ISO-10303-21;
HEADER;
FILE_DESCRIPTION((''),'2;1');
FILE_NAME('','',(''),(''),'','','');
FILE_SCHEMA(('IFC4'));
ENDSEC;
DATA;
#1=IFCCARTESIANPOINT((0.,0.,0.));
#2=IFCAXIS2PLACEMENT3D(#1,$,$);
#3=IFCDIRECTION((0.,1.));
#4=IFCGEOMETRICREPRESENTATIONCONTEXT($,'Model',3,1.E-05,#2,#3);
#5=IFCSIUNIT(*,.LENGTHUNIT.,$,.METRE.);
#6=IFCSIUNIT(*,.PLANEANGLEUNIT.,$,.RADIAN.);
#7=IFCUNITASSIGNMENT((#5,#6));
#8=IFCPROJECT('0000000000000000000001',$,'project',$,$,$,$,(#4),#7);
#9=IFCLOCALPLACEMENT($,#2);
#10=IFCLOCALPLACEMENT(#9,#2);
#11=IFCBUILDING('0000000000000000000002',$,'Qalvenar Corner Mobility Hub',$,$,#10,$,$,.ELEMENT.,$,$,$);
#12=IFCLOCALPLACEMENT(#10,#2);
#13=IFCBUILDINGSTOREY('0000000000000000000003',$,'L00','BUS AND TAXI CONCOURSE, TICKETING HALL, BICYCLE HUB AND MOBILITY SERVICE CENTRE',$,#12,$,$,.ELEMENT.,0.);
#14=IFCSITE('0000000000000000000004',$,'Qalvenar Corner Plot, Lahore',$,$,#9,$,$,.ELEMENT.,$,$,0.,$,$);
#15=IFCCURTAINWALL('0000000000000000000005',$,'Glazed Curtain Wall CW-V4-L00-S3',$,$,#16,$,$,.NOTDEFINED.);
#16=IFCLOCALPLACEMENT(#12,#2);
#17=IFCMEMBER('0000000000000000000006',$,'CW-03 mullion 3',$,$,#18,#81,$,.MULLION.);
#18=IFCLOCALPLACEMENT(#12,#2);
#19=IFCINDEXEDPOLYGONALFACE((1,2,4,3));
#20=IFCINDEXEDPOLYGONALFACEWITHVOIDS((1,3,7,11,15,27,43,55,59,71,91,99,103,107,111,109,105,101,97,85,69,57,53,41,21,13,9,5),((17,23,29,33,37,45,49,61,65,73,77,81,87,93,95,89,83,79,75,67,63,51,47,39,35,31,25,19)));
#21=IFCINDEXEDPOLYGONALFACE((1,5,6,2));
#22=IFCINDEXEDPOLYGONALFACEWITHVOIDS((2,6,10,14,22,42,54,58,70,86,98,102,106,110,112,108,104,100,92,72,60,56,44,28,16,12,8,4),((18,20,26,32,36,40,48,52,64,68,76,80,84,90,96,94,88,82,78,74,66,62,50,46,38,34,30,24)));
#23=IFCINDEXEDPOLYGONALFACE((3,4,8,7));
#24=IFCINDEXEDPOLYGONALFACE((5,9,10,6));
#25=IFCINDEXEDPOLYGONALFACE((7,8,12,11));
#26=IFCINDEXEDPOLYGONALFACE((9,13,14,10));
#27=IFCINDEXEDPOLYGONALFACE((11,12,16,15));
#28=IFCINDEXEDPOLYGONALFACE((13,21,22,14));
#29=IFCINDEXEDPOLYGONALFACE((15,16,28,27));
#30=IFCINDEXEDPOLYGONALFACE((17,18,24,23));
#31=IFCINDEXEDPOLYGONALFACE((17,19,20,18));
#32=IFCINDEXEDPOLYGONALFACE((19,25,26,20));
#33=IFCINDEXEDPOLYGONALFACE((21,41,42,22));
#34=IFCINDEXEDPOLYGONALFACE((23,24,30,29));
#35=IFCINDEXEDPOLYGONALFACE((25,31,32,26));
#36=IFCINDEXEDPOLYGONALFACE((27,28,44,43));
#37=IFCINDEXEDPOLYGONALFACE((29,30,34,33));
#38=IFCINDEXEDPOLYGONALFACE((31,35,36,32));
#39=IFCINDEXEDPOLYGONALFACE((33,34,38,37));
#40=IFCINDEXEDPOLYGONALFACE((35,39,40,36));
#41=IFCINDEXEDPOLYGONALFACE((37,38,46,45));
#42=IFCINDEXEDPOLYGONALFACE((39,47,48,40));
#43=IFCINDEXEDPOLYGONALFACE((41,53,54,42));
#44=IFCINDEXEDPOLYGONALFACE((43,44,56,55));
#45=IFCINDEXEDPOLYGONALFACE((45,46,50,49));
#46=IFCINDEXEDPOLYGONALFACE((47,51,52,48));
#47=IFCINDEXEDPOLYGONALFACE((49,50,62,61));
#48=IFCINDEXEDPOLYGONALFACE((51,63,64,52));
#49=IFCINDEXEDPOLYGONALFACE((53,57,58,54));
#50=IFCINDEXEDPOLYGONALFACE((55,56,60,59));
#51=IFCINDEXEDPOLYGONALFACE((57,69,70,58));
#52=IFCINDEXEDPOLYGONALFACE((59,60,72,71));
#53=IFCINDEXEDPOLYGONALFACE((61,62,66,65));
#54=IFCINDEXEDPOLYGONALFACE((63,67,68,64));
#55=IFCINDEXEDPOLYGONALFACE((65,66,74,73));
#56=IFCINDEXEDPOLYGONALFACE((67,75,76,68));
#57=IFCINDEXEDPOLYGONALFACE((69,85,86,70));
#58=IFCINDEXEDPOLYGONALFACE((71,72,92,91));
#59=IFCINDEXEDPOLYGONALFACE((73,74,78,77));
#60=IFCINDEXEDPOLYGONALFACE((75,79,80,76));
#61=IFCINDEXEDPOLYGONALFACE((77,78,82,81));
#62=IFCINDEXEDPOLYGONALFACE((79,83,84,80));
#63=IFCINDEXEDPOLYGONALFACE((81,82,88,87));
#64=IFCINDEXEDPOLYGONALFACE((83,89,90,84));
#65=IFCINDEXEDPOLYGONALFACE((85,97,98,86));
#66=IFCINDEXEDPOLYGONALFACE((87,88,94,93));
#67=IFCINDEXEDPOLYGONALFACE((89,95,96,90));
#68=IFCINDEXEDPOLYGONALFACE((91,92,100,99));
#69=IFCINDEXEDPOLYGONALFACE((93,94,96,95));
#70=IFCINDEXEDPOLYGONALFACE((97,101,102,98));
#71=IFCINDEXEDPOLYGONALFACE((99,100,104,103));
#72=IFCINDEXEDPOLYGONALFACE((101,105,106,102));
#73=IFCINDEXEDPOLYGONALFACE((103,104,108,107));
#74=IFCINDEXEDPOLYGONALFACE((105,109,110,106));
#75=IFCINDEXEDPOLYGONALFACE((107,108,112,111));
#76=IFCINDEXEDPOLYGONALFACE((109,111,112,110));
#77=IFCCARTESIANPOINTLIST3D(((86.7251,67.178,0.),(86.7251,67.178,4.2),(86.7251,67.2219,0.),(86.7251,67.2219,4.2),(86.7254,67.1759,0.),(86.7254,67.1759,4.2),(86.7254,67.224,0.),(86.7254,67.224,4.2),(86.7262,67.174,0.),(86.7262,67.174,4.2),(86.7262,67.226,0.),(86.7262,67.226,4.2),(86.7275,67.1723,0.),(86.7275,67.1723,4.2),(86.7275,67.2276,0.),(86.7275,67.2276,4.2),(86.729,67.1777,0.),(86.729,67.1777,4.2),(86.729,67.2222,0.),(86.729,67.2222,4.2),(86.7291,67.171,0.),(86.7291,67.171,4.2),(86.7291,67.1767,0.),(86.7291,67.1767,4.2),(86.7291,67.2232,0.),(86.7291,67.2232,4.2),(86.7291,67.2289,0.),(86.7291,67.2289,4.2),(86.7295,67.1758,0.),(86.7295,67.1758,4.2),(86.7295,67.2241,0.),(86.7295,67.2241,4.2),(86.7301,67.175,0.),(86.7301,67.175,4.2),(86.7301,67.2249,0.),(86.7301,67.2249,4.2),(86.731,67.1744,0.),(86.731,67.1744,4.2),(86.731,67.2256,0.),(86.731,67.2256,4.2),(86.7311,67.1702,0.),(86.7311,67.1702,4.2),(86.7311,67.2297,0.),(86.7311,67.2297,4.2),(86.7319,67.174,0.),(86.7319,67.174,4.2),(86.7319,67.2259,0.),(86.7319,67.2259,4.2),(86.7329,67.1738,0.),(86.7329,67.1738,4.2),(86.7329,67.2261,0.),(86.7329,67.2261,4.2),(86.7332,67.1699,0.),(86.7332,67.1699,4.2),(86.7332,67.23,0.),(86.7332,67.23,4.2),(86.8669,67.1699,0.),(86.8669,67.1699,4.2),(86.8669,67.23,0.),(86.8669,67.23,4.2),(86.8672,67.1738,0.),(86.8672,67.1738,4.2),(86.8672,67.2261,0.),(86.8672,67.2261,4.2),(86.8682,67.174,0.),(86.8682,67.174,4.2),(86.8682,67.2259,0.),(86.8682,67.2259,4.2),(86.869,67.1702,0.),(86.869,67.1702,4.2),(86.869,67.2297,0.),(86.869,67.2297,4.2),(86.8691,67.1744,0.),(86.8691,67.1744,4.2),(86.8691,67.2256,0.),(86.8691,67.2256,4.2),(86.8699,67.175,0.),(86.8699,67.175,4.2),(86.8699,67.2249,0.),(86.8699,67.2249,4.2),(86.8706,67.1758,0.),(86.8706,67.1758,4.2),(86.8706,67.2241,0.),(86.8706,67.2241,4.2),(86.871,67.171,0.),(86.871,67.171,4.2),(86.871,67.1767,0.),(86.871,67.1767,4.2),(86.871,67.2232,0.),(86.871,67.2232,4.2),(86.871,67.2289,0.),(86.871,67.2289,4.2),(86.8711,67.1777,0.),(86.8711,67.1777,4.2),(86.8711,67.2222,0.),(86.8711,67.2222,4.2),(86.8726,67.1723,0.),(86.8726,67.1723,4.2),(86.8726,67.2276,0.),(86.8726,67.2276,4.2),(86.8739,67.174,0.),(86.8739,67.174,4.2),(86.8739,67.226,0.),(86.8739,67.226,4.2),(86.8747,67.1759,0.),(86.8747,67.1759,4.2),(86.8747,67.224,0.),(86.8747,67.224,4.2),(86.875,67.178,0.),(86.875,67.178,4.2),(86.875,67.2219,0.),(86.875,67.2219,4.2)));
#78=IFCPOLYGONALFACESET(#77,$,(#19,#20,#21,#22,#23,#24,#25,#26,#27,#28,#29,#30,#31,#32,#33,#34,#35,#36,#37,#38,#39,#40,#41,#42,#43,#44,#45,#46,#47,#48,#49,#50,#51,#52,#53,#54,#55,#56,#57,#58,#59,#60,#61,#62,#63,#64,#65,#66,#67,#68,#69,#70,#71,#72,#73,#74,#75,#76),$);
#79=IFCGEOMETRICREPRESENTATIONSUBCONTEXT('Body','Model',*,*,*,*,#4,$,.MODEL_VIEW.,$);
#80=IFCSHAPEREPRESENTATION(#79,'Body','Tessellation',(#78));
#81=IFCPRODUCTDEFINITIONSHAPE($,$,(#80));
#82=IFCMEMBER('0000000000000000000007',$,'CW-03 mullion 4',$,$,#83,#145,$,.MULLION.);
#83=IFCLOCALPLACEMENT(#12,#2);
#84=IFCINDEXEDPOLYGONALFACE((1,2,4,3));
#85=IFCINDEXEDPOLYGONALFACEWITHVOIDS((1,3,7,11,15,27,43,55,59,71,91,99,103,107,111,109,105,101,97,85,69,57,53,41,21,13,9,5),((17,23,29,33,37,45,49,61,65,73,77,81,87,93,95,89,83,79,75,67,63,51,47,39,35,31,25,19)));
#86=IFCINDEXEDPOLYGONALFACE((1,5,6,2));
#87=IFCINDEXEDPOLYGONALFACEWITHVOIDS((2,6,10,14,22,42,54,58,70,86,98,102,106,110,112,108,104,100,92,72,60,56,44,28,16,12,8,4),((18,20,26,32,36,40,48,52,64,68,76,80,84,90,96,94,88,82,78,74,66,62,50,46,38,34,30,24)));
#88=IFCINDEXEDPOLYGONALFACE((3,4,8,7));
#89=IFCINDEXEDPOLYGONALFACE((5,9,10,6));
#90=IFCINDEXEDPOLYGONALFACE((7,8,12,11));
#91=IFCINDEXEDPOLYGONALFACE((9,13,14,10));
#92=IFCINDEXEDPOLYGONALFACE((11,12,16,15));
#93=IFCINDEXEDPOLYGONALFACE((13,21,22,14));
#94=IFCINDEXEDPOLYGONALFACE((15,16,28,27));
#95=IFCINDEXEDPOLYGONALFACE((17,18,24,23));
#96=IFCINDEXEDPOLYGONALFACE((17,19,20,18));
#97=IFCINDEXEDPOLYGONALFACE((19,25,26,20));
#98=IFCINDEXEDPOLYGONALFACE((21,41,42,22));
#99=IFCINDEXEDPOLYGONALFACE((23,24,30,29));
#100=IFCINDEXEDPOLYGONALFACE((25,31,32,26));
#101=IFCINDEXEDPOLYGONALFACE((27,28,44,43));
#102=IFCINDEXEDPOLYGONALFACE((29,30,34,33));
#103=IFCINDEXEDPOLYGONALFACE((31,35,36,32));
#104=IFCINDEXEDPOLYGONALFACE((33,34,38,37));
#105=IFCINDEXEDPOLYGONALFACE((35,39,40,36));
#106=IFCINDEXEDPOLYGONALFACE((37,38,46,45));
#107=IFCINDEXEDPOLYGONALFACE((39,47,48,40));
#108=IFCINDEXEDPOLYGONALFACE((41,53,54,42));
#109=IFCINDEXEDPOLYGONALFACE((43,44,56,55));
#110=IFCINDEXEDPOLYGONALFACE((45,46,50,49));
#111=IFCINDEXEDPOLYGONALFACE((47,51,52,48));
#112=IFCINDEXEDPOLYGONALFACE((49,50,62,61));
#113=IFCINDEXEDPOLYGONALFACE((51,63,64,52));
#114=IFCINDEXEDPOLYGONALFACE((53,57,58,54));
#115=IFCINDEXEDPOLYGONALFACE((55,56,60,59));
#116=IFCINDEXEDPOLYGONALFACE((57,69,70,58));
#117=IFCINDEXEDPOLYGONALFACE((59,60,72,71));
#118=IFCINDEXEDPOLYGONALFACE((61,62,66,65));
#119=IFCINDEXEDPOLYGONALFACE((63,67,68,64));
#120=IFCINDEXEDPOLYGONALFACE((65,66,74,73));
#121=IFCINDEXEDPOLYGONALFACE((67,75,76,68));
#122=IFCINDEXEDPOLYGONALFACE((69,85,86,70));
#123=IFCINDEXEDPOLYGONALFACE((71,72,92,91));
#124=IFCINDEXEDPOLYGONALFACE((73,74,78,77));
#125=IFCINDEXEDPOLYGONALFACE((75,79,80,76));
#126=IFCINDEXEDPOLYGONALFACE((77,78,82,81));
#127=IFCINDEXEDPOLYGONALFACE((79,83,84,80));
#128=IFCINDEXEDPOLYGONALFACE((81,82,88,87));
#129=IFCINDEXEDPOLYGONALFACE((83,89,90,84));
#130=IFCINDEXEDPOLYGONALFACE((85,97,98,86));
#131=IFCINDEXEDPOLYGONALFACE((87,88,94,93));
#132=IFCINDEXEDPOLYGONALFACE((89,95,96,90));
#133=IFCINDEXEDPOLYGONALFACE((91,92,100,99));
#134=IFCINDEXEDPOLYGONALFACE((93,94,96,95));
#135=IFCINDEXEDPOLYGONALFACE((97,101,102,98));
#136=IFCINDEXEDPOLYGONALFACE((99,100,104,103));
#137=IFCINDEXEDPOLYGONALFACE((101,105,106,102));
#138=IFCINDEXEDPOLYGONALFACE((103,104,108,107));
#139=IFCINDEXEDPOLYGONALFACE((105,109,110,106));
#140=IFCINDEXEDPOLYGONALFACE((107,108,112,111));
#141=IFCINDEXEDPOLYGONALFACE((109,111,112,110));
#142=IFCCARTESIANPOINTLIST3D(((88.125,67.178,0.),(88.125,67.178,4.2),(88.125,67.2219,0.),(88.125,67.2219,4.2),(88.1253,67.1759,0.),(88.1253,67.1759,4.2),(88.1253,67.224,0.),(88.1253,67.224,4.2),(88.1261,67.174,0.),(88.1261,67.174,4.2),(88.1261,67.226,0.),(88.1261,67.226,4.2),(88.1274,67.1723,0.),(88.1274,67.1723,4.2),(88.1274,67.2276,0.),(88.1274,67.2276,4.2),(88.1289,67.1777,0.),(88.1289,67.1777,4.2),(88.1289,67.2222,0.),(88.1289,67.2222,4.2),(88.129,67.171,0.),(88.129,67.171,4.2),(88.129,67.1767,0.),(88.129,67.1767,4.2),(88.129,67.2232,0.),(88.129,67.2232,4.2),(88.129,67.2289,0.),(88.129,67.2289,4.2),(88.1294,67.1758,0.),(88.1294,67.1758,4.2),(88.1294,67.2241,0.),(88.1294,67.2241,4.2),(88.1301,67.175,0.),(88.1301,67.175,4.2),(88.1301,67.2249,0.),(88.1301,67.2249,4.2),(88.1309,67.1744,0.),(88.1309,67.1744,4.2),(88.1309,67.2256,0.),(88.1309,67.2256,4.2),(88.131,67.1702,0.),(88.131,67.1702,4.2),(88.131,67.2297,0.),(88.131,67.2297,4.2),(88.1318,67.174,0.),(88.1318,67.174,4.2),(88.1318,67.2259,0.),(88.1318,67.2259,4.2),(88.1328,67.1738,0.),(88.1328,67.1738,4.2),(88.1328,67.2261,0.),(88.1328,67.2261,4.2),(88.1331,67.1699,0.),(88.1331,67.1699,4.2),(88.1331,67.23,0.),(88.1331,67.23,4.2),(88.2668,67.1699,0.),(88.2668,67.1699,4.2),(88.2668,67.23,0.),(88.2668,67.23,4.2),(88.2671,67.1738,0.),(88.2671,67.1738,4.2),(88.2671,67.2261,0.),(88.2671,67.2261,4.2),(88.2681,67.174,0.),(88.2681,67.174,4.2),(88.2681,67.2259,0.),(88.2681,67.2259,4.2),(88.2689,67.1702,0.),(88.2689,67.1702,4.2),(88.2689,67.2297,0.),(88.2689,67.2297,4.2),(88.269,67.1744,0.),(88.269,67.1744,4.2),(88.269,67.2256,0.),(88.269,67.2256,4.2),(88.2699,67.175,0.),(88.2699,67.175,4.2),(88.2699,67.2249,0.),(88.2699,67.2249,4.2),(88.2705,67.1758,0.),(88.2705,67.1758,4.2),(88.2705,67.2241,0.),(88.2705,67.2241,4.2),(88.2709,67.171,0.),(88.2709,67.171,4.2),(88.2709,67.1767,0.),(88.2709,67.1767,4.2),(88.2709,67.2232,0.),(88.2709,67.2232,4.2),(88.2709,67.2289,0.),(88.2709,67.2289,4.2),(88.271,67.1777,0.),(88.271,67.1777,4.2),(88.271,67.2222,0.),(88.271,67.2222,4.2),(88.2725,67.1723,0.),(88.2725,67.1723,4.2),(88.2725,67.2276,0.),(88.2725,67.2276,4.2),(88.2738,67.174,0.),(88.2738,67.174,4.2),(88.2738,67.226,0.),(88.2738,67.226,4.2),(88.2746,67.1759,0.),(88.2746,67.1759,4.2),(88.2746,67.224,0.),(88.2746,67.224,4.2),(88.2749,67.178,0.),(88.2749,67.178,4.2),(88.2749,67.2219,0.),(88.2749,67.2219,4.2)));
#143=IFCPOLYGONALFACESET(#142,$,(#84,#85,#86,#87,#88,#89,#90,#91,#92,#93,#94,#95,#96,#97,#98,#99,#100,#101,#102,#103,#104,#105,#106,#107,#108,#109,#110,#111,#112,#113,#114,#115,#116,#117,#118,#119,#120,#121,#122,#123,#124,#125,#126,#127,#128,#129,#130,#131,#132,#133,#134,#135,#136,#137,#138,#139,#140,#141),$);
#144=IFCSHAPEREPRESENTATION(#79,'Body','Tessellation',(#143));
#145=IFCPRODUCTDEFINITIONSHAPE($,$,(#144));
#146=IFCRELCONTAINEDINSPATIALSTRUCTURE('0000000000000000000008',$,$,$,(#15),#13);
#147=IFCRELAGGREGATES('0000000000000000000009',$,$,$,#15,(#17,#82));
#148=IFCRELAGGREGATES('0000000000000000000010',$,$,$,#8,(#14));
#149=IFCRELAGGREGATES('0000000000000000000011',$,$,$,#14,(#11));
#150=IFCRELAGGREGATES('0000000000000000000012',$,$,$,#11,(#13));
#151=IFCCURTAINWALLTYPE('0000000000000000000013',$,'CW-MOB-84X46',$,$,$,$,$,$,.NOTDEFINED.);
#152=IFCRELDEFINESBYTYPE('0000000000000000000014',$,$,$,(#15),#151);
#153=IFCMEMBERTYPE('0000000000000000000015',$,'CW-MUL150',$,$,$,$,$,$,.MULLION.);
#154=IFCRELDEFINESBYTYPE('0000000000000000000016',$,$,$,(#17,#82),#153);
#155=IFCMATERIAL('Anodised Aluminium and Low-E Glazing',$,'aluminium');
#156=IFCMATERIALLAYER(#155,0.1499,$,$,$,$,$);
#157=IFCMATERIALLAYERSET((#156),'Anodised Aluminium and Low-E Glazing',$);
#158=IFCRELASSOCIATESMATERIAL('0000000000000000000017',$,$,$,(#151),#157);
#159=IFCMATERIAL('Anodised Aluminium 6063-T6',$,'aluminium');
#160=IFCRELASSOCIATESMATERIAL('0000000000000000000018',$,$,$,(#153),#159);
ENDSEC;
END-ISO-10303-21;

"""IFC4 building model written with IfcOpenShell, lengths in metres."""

from ifc_helpers import new_model, si_unit, direction, frame, origin, origin_2d, place, context, subcontext, project, spatial, hollow_rectangle, extrude, material, layer, layer_set, material_profile, profile_set, type_object, element, aggregate, save


model = new_model("IFC4")

# Units and contexts
model_context = context("Model", 3, precision=1e-05, world=origin(), true_north=direction((0.0, 1.0)))
body_context = subcontext(model_context, "Body", "Model", "MODEL_VIEW")
ifc_project = project(units=[si_unit("LENGTHUNIT", "METRE"), si_unit("PLANEANGLEUNIT", "RADIAN")], contexts=[model_context])

# Site, building, storey
site_placement = place(None, origin())
site = spatial("IfcSite", under=ifc_project, at=site_placement, Name="Qalvenar Corner Plot, Lahore", CompositionType="ELEMENT", RefElevation=0.0)
building_placement = place(site_placement, origin())
building = spatial("IfcBuilding", under=site, at=building_placement, Name="Qalvenar Corner Mobility Hub", CompositionType="ELEMENT")
storey_placement = place(building_placement, origin())
storey = spatial("IfcBuildingStorey", under=building, at=storey_placement, Name="L00", Description="BUS AND TAXI CONCOURSE, TICKETING HALL, BICYCLE HUB AND MOBILITY SERVICE CENTRE", CompositionType="ELEMENT", Elevation=0.0)

# Curtain wall, members
ifc_material_1 = material(Name="Anodised Aluminium and Low-E Glazing", Category="aluminium")
ifc_layer_1 = layer(ifc_material_1, 0.1499)
ifc_layer_set_1 = layer_set([ifc_layer_1], Name="Anodised Aluminium and Low-E Glazing")
curtain_wall_type = type_object("IfcCurtainWallType", Name="CW-MOB-84X46", PredefinedType="NOTDEFINED", material=ifc_layer_set_1)
curtain_wall_placement = place(storey_placement, origin())
curtain_wall = element("IfcCurtainWall", 1, at=curtain_wall_placement, inside=storey, type_object=curtain_wall_type, Name="Glazed Curtain Wall CW-V4-L00-S3", PredefinedType="NOTDEFINED")
ifc_material_2 = material(Name="Anodised Aluminium 6063-T6", Category="aluminium")
ifc_material_profile_1 = material_profile(ifc_material_2, hollow_rectangle(XDim=0.0601, YDim=0.1499, WallThickness=0.0039, InnerFilletRadius=0.0039, OuterFilletRadius=0.0081, at=origin_2d()), Name="RHS150x60x4")
ifc_profile_set_1 = profile_set([ifc_material_profile_1], Name="Anodised Aluminium 6063-T6")
member_type_1 = type_object("IfcMemberType", Name="CW-MUL150", PredefinedType="MULLION", material=ifc_profile_set_1)
member_1_placement = place(storey_placement, frame((86.8, 67.2, 0.0), z_axis=(0.0, 0.0, 1.0), x_axis=(0.0, 1.0, 0.0)))
member_1 = element("IfcMember", 2, at=member_1_placement, type_object=member_type_1, Name="CW-03 mullion 3", PredefinedType="MULLION", context=body_context, shape_type="SweptSolid", body=[
    extrude(hollow_rectangle(XDim=0.0601, YDim=0.1499, WallThickness=0.0039, InnerFilletRadius=0.0039, OuterFilletRadius=0.0081, at=origin_2d()), origin(), (0.0, 0.0, 1.0), 4.2),
])
member_2_placement = place(storey_placement, frame((88.2, 67.2, 0.0), z_axis=(0.0, 0.0, 1.0), x_axis=(0.0, 1.0, 0.0)))
member_2 = element("IfcMember", 3, at=member_2_placement, type_object=member_type_1, Name="CW-03 mullion 4", PredefinedType="MULLION", context=body_context, shape_type="SweptSolid", body=[
    extrude(hollow_rectangle(XDim=0.0601, YDim=0.1499, WallThickness=0.0039, InnerFilletRadius=0.0039, OuterFilletRadius=0.0081, at=origin_2d()), origin(), (0.0, 0.0, 1.0), 4.2),
])
aggregate(curtain_wall, [member_1, member_2])

save(model, "model.ifc")
